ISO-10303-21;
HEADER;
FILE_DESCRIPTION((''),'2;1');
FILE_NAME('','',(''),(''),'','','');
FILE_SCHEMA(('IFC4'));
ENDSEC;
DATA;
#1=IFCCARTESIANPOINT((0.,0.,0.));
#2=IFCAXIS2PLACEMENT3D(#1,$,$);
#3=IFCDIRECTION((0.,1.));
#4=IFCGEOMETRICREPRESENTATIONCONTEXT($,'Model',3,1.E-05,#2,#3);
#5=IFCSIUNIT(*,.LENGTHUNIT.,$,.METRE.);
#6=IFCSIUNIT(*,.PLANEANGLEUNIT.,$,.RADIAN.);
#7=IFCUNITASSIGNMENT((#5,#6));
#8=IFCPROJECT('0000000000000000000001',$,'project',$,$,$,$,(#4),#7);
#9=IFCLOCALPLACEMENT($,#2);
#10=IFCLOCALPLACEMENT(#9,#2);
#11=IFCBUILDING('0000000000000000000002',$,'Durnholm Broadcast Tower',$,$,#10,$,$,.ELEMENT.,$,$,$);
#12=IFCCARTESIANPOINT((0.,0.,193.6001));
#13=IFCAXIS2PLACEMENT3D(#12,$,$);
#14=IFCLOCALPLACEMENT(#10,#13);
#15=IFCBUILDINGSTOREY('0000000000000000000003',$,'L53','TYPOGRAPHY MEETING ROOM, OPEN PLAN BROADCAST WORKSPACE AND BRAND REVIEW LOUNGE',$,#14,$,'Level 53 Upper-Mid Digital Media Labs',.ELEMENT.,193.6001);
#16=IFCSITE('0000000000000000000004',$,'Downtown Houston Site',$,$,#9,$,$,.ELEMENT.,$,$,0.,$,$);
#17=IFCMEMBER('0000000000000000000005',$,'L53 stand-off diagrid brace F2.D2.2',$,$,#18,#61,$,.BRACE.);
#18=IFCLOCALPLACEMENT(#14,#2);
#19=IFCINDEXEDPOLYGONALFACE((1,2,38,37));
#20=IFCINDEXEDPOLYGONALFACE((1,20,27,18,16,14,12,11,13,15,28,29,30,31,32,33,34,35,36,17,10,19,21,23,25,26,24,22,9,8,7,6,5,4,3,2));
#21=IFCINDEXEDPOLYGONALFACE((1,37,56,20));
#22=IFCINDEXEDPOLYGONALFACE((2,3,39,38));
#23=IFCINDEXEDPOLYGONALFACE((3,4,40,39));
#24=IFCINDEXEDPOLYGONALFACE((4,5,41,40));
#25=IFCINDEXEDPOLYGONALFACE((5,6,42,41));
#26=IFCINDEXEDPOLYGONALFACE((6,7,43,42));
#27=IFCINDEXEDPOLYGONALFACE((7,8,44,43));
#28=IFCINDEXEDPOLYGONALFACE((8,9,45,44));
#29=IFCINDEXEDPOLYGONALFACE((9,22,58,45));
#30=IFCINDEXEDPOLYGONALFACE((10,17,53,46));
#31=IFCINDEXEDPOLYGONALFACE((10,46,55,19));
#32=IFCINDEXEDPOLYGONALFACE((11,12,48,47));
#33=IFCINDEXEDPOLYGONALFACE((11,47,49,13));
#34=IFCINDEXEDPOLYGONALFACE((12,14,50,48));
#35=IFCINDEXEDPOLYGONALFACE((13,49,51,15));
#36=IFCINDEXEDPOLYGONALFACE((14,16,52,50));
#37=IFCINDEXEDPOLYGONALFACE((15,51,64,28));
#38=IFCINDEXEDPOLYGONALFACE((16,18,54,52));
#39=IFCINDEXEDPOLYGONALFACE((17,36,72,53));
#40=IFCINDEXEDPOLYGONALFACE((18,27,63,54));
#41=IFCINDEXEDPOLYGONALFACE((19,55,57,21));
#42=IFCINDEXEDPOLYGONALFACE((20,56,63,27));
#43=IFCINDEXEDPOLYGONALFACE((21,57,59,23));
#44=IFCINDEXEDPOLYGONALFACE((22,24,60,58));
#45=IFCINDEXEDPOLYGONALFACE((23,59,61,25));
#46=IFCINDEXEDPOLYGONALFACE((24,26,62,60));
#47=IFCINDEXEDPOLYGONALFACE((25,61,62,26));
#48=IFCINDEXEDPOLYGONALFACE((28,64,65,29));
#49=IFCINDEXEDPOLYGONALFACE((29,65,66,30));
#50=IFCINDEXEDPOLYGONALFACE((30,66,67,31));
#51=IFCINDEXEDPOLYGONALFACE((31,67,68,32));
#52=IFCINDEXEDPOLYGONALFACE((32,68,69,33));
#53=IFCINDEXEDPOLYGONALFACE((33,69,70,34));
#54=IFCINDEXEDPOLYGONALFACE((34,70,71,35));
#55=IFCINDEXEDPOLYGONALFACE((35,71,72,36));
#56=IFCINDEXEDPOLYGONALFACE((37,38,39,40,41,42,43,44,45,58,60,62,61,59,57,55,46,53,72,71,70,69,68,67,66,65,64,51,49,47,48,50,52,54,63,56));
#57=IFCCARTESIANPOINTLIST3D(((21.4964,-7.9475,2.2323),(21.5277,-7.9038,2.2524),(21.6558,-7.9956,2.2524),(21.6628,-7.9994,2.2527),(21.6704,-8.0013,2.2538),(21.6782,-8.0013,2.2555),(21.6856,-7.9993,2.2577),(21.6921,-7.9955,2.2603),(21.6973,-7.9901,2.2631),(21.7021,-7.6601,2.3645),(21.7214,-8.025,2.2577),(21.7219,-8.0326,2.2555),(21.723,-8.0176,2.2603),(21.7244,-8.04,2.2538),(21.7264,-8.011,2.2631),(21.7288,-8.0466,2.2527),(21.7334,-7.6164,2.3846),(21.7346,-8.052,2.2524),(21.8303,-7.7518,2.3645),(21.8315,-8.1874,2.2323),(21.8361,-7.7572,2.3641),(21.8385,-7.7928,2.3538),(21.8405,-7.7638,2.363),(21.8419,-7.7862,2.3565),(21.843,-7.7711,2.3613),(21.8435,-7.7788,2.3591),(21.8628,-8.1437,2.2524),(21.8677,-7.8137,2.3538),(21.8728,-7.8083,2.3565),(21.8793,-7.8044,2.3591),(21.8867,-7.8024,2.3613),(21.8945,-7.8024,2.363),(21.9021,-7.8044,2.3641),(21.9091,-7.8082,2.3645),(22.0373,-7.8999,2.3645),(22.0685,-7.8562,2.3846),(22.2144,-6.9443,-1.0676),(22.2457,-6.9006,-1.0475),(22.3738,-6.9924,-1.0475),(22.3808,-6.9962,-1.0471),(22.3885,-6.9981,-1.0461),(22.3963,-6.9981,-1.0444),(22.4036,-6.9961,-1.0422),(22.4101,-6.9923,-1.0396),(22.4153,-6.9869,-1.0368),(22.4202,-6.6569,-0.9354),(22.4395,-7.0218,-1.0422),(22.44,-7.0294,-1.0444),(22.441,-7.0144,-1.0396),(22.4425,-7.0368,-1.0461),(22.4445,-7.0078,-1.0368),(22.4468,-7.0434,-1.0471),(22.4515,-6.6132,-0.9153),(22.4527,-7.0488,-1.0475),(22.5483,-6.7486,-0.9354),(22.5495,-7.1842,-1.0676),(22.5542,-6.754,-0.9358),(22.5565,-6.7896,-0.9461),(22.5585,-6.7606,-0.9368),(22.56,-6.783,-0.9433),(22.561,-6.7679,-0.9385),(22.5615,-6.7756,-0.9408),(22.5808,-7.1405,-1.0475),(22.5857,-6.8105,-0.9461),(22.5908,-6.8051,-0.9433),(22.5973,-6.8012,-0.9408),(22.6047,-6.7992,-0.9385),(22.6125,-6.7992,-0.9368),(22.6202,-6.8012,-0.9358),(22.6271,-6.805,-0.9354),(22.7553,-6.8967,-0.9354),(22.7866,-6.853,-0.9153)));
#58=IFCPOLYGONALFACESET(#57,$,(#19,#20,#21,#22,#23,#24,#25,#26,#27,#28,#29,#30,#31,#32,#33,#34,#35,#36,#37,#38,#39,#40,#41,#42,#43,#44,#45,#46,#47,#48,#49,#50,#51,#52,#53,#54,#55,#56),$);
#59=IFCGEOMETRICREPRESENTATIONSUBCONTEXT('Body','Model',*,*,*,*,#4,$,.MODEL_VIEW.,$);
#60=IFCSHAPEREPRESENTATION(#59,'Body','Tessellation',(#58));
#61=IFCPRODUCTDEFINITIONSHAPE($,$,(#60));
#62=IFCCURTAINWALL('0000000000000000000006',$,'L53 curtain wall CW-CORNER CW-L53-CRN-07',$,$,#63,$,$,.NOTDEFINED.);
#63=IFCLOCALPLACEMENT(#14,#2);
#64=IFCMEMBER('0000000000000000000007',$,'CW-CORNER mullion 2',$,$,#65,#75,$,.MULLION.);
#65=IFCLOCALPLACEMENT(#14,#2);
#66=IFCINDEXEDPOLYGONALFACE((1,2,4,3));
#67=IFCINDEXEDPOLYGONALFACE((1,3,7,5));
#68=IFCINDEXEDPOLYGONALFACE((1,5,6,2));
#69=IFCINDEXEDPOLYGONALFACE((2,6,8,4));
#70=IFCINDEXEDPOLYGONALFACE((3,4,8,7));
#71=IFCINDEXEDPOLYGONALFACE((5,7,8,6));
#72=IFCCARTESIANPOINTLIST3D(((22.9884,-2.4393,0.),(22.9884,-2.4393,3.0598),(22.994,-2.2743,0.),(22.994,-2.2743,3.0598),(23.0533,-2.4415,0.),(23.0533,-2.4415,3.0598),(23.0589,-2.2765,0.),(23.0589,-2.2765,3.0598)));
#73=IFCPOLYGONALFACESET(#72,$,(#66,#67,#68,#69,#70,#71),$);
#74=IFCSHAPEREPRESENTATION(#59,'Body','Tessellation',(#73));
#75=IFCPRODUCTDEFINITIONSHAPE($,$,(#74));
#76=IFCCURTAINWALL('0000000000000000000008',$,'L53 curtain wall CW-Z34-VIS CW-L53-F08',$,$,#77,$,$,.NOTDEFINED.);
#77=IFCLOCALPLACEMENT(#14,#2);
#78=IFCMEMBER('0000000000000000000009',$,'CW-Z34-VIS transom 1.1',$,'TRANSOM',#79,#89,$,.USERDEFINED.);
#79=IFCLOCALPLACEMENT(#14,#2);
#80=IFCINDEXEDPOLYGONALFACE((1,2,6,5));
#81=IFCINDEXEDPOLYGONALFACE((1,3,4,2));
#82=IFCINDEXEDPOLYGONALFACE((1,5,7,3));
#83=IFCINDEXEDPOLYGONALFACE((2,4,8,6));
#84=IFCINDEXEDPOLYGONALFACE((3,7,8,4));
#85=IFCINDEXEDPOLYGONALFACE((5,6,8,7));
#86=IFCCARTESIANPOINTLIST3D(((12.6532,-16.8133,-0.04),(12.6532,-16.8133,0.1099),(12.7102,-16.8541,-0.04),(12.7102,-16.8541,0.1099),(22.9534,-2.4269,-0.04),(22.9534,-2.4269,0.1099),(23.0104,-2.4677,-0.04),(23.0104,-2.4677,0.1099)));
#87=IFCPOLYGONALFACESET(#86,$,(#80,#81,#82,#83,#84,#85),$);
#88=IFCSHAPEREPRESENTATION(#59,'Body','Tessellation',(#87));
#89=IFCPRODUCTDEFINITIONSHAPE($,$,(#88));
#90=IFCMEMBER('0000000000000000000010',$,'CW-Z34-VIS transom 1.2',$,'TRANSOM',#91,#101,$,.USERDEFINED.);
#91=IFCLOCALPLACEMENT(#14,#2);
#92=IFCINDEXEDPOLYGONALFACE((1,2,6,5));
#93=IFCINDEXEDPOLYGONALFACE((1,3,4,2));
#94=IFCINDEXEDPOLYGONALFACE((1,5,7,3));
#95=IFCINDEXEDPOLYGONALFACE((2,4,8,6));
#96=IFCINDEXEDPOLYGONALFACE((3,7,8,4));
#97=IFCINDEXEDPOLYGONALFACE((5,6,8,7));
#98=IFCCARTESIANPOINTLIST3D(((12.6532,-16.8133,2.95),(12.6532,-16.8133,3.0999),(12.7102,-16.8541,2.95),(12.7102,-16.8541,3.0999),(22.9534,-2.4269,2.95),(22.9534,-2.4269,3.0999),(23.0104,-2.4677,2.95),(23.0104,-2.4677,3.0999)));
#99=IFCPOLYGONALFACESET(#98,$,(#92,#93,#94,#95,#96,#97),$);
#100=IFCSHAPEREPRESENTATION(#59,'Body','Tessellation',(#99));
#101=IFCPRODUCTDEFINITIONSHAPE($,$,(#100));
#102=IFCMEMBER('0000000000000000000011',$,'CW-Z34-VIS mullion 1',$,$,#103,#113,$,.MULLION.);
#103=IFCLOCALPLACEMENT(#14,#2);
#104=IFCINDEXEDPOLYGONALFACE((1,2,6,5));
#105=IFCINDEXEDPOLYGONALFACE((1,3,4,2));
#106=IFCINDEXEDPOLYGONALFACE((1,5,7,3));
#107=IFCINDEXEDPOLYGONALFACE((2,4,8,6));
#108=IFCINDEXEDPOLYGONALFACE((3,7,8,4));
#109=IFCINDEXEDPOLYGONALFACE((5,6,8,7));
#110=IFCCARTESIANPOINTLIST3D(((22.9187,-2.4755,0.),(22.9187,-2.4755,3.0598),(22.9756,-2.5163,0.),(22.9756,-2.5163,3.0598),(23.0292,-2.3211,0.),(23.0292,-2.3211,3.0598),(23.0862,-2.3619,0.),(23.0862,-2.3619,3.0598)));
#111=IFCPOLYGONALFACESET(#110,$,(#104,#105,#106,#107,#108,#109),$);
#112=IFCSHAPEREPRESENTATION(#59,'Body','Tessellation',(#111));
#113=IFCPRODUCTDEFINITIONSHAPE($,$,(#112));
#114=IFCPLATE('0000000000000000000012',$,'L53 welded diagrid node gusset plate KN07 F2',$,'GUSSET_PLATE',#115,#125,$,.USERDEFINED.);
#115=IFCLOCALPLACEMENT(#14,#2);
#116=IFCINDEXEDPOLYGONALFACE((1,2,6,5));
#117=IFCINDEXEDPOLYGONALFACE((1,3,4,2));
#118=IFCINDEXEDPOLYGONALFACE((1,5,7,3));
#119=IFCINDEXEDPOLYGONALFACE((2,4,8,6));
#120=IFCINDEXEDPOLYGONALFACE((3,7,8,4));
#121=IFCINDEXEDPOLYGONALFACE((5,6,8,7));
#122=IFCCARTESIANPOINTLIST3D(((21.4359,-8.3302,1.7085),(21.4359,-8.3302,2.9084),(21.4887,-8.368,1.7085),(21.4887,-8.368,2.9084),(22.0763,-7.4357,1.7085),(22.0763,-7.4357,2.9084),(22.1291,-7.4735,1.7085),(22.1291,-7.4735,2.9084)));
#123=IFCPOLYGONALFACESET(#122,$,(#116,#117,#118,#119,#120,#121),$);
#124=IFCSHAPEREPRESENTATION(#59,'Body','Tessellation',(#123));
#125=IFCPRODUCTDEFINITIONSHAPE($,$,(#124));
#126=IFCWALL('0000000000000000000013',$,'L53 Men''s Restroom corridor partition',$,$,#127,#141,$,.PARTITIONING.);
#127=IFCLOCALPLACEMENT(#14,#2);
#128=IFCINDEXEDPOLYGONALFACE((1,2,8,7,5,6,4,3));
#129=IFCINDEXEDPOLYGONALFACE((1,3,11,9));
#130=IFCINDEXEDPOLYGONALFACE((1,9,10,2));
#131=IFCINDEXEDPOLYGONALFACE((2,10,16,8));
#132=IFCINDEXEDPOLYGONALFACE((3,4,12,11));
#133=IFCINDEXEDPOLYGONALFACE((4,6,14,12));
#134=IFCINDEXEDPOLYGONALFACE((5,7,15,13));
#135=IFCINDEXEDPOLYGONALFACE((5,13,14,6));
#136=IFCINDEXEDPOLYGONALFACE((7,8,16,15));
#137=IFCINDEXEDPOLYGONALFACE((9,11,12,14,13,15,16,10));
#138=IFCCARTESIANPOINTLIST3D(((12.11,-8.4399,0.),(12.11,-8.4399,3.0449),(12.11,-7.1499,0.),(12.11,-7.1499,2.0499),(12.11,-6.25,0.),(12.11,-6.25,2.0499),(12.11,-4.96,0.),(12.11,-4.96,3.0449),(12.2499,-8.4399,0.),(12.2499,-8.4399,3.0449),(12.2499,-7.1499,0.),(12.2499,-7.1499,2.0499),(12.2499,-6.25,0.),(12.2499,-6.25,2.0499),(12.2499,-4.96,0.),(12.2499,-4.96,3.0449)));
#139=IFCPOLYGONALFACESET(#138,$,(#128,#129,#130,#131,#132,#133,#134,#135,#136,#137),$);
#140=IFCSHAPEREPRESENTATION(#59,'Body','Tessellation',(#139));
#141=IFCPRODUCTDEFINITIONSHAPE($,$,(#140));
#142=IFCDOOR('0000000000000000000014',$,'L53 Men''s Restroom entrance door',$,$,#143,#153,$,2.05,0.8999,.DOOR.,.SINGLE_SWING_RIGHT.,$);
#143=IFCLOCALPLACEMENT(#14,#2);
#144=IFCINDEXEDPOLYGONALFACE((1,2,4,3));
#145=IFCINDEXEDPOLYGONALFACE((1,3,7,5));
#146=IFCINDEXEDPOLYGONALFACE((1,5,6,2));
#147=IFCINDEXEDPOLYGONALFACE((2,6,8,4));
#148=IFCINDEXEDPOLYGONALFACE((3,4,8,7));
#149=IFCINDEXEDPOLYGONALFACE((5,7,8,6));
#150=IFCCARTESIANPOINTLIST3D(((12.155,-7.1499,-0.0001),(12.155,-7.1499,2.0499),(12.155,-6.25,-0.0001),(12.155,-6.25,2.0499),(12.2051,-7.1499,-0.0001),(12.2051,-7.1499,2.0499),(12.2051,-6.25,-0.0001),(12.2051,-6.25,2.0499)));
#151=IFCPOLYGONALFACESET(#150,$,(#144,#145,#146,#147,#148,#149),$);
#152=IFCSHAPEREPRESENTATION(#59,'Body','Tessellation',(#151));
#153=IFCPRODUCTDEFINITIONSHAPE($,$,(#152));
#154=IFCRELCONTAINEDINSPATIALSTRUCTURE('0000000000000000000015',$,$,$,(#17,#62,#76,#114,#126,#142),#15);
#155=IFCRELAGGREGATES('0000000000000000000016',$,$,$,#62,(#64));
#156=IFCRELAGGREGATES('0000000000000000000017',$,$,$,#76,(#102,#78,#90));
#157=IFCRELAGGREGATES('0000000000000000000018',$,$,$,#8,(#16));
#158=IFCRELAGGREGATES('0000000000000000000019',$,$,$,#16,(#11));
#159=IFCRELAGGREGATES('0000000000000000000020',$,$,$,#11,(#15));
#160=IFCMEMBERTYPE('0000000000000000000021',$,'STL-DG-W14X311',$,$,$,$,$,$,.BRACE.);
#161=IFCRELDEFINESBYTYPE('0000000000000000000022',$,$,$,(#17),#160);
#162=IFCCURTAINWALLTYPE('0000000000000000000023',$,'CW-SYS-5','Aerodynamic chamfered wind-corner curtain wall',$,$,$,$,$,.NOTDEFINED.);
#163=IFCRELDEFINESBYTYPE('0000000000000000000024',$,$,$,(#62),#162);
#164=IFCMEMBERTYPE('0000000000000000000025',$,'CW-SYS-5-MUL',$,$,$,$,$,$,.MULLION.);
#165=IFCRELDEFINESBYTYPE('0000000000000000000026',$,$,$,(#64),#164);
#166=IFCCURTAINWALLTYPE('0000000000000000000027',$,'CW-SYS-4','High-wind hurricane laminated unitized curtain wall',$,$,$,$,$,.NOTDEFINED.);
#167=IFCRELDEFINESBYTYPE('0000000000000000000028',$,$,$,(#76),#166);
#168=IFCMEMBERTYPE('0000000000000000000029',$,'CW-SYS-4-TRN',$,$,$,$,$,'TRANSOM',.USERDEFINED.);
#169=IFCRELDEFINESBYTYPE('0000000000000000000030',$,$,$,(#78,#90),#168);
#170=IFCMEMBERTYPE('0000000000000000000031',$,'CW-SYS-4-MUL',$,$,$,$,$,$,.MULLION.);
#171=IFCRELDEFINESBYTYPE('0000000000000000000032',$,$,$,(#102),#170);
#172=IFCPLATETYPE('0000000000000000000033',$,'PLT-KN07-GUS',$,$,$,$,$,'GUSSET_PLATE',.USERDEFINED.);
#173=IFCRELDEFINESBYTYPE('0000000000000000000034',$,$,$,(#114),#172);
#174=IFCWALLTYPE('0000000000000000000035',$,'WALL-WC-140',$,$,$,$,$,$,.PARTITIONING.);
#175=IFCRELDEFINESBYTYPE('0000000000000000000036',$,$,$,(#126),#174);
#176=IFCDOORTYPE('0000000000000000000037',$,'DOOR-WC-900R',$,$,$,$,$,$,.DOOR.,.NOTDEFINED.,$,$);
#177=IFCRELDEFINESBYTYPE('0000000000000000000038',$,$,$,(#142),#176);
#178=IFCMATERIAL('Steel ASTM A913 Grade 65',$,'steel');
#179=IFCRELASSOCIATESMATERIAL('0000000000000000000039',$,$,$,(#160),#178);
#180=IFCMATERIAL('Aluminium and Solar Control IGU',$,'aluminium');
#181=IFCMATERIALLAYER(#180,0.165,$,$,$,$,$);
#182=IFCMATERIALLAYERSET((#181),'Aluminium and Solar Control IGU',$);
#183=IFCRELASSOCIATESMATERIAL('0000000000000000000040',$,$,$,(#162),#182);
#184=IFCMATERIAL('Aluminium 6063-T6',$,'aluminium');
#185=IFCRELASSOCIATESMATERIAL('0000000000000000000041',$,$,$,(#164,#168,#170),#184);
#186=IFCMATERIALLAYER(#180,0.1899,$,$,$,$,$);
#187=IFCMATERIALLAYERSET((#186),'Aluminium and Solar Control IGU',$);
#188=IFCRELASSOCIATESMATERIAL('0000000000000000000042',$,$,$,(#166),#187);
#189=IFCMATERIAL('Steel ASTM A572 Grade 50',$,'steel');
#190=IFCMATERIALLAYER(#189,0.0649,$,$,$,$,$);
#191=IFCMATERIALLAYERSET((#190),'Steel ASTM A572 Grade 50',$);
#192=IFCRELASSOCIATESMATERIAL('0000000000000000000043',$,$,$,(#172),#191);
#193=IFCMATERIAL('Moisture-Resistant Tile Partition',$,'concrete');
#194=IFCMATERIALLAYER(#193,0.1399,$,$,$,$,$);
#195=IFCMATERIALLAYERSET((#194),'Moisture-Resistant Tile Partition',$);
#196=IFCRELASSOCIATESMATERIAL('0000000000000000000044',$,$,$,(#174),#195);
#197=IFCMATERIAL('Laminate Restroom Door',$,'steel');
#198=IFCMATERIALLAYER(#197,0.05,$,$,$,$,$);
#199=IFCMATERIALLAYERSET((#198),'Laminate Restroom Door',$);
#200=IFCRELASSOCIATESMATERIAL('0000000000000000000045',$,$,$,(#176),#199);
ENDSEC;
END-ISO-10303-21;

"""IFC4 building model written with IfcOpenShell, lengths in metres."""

from ifc_helpers import new_model, si_unit, direction, frame, frame_2d, origin, origin_2d, place, context, subcontext, project, spatial, rectangle, i_section, extrude, source, transform, mapped, material, layer, layer_set, material_profile, profile_set, type_object, type_shapes, element, fill, aggregate, save


model = new_model("IFC4")

# Units and contexts
model_context = context("Model", 3, precision=1e-05, world=origin(), true_north=direction((0.0, 1.0)))
body_context = subcontext(model_context, "Body", "Model", "MODEL_VIEW")
ifc_project = project(units=[si_unit("LENGTHUNIT", "METRE"), si_unit("PLANEANGLEUNIT", "RADIAN")], contexts=[model_context])

# Site, building, storey
site_placement = place(None, origin())
site = spatial("IfcSite", under=ifc_project, at=site_placement, Name="Downtown Houston Site", CompositionType="ELEMENT", RefElevation=0.0)
building_placement = place(site_placement, origin())
building = spatial("IfcBuilding", under=site, at=building_placement, Name="Durnholm Broadcast Tower", CompositionType="ELEMENT")
storey_placement = place(building_placement, frame((0.0, 0.0, 193.6001)))
storey = spatial("IfcBuildingStorey", under=building, at=storey_placement, Name="L53", Description="TYPOGRAPHY MEETING ROOM, OPEN PLAN BROADCAST WORKSPACE AND BRAND REVIEW LOUNGE", LongName="Level 53 Upper-Mid Digital Media Labs", CompositionType="ELEMENT", Elevation=193.6001)

# Member
ifc_material_1 = material(Name="Steel ASTM A913 Grade 65", Category="steel")
ifc_material_profile_1 = material_profile(ifc_material_1, i_section(OverallWidth=0.4121, OverallDepth=0.4348, WebThickness=0.0359, FlangeThickness=0.0574, FilletRadius=0.0305, at=origin_2d()), Name="W14X311")
ifc_profile_set_1 = profile_set([ifc_material_profile_1], Name="Steel ASTM A913 Grade 65")
member_type_1 = type_object("IfcMemberType", Name="STL-DG-W14X311", PredefinedType="BRACE", material=ifc_profile_set_1)
shared_shape_1 = source(origin(), body_context, "Body", "SweptSolid", [
    extrude(i_section(OverallWidth=0.4121, OverallDepth=0.4348, WebThickness=0.0359, FlangeThickness=0.0574, FilletRadius=0.0305, at=origin_2d()), origin(), (0.0, 0.0, 1.0), 3.5229),
])
type_shapes(member_type_1, [shared_shape_1])
for number, where, z_axis, x_axis, name in (
    (1, (22.5005, -6.8987, -0.9915), (-0.203816, -0.28476, 0.936681), (0.813171, -0.582024, 0.0), "L53 stand-off diagrid brace F2.D2.2"),
):
    element("IfcMember", number, at=place(storey_placement, frame(where, z_axis=z_axis, x_axis=x_axis)), inside=storey, type_object=member_type_1, Name=name, PredefinedType="BRACE", context=body_context, shape_type="MappedRepresentation", body=[
        mapped(shared_shape_1, transform((0.0, 0.0, 0.0), x_axis=(1.0, 0.0, 0.0), y_axis=(0.0, 1.0, 0.0), z_axis=(0.0, 0.0, 1.0), scale=1.0)),
    ])

# Curtain wall, member
ifc_material_2 = material(Name="Aluminium and Solar Control IGU", Category="aluminium")
ifc_layer_1 = layer(ifc_material_2, 0.165)
ifc_layer_set_1 = layer_set([ifc_layer_1], Name="Aluminium and Solar Control IGU")
curtain_wall_type_1 = type_object("IfcCurtainWallType", Name="CW-SYS-5", Description="Aerodynamic chamfered wind-corner curtain wall", PredefinedType="NOTDEFINED", material=ifc_layer_set_1)
curtain_wall_1_placement = place(storey_placement, origin())
curtain_wall_1 = element("IfcCurtainWall", 2, at=curtain_wall_1_placement, inside=storey, type_object=curtain_wall_type_1, Name="L53 curtain wall CW-CORNER CW-L53-CRN-07", PredefinedType="NOTDEFINED")
ifc_material_3 = material(Name="Aluminium 6063-T6", Category="aluminium")
ifc_material_profile_2 = material_profile(ifc_material_3, rectangle(XDim=0.0649, YDim=0.165, at=origin_2d()), Name="CWM65X165")
ifc_profile_set_2 = profile_set([ifc_material_profile_2], Name="Aluminium 6063-T6")
member_type_2 = type_object("IfcMemberType", Name="CW-SYS-5-MUL", PredefinedType="MULLION", material=ifc_profile_set_2)
shared_shape_2 = source(origin(), body_context, "Body", "SweptSolid", [
    extrude(rectangle(XDim=0.0649, YDim=0.165, at=origin_2d()), origin(), (0.0, 0.0, 1.0), 3.0598),
])
type_shapes(member_type_2, [shared_shape_2])
member_1_placement = place(storey_placement, frame((23.0237, -2.3579, 0.0), z_axis=(0.0, 0.0, 1.0), x_axis=(0.999425, -0.033913, 0.0)))
member_1 = element("IfcMember", 3, at=member_1_placement, type_object=member_type_2, Name="CW-CORNER mullion 2", PredefinedType="MULLION", context=body_context, shape_type="MappedRepresentation", body=[
    mapped(shared_shape_2, transform((0.0, 0.0, 0.0), x_axis=(1.0, 0.0, 0.0), y_axis=(0.0, 1.0, 0.0), z_axis=(0.0, 0.0, 1.0), scale=1.0)),
])
aggregate(curtain_wall_1, [member_1])

# Curtain wall, members
ifc_layer_2 = layer(ifc_material_2, 0.1899)
ifc_layer_set_2 = layer_set([ifc_layer_2], Name="Aluminium and Solar Control IGU")
curtain_wall_type_2 = type_object("IfcCurtainWallType", Name="CW-SYS-4", Description="High-wind hurricane laminated unitized curtain wall", PredefinedType="NOTDEFINED", material=ifc_layer_set_2)
curtain_wall_2_placement = place(storey_placement, origin())
curtain_wall_2 = element("IfcCurtainWall", 4, at=curtain_wall_2_placement, inside=storey, type_object=curtain_wall_type_2, Name="L53 curtain wall CW-Z34-VIS CW-L53-F08", PredefinedType="NOTDEFINED")
ifc_material_profile_3 = material_profile(ifc_material_3, rectangle(XDim=0.0701, YDim=0.1499, at=origin_2d()), Name="CWT70X150")
ifc_profile_set_3 = profile_set([ifc_material_profile_3], Name="Aluminium 6063-T6")
member_type_3 = type_object("IfcMemberType", Name="CW-SYS-4-TRN", ElementType="TRANSOM", PredefinedType="USERDEFINED", material=ifc_profile_set_3)
shared_shape_3 = source(origin(), body_context, "Body", "SweptSolid", [
    extrude(rectangle(XDim=0.0701, YDim=0.1499, at=origin_2d()), origin(), (0.0, 0.0, 1.0), 17.6936),
])
type_shapes(member_type_3, [shared_shape_3])
member_2_placement = place(storey_placement, frame((22.9819, -2.4473, 0.0349), z_axis=(-0.582145, -0.813085, 0.0), x_axis=(0.813085, -0.582145, 0.0)))
member_2 = element("IfcMember", 5, at=member_2_placement, type_object=member_type_3, Name="CW-Z34-VIS transom 1.1", ObjectType="TRANSOM", PredefinedType="USERDEFINED", context=body_context, shape_type="MappedRepresentation", body=[
    mapped(shared_shape_3, transform((0.0, 0.0, 0.0), x_axis=(1.0, 0.0, 0.0), y_axis=(0.0, 1.0, 0.0), z_axis=(0.0, 0.0, 1.0), scale=1.0)),
])
member_3_placement = place(storey_placement, frame((22.9819, -2.4473, 3.0249), z_axis=(-0.582145, -0.813085, 0.0), x_axis=(0.813085, -0.582145, 0.0)))
member_3 = element("IfcMember", 6, at=member_3_placement, type_object=member_type_3, Name="CW-Z34-VIS transom 1.2", ObjectType="TRANSOM", PredefinedType="USERDEFINED", context=body_context, shape_type="MappedRepresentation", body=[
    mapped(shared_shape_3, transform((0.0, 0.0, 0.0), x_axis=(1.0, 0.0, 0.0), y_axis=(0.0, 1.0, 0.0), z_axis=(0.0, 0.0, 1.0), scale=1.0)),
])
ifc_material_profile_4 = material_profile(ifc_material_3, rectangle(XDim=0.0701, YDim=0.1899, at=origin_2d()), Name="CWM70X190")
ifc_profile_set_4 = profile_set([ifc_material_profile_4], Name="Aluminium 6063-T6")
member_type_4 = type_object("IfcMemberType", Name="CW-SYS-4-MUL", PredefinedType="MULLION", material=ifc_profile_set_4)
shared_shape_4 = source(origin(), body_context, "Body", "SweptSolid", [
    extrude(rectangle(XDim=0.0701, YDim=0.1899, at=origin_2d()), origin(), (0.0, 0.0, 1.0), 3.0598),
])
type_shapes(member_type_4, [shared_shape_4])
member_4_placement = place(storey_placement, frame((23.0024, -2.4187, 0.0), z_axis=(0.0, 0.0, 1.0), x_axis=(0.813089, -0.582139, 0.0)))
member_4 = element("IfcMember", 7, at=member_4_placement, type_object=member_type_4, Name="CW-Z34-VIS mullion 1", PredefinedType="MULLION", context=body_context, shape_type="MappedRepresentation", body=[
    mapped(shared_shape_4, transform((0.0, 0.0, 0.0), x_axis=(1.0, 0.0, 0.0), y_axis=(0.0, 1.0, 0.0), z_axis=(0.0, 0.0, 1.0), scale=1.0)),
])
aggregate(curtain_wall_2, [member_4, member_2, member_3])

# Plate
ifc_material_4 = material(Name="Steel ASTM A572 Grade 50", Category="steel")
ifc_layer_3 = layer(ifc_material_4, 0.0649)
ifc_layer_set_3 = layer_set([ifc_layer_3], Name="Steel ASTM A572 Grade 50")
plate_type = type_object("IfcPlateType", Name="PLT-KN07-GUS", ElementType="GUSSET_PLATE", PredefinedType="USERDEFINED", material=ifc_layer_set_3)
shared_shape_5 = source(origin(), body_context, "Body", "SweptSolid", [
    extrude(rectangle(XDim=1.1001, YDim=0.0649, at=origin_2d()), origin(), (0.0, 0.0, 1.0), 1.2),
])
type_shapes(plate_type, [shared_shape_5])
plate_placement = place(storey_placement, frame((21.7825, -7.9019, 1.7085), z_axis=(0.0, 0.0, 1.0), x_axis=(0.582123, 0.813101, 0.0)))
element("IfcPlate", 8, at=plate_placement, inside=storey, type_object=plate_type, Name="L53 welded diagrid node gusset plate KN07 F2", ObjectType="GUSSET_PLATE", PredefinedType="USERDEFINED", context=body_context, shape_type="MappedRepresentation", body=[
    mapped(shared_shape_5, transform((0.0, 0.0, 0.0), x_axis=(1.0, 0.0, 0.0), y_axis=(0.0, 1.0, 0.0), z_axis=(0.0, 0.0, 1.0), scale=1.0)),
])

# Wall, opening, door
ifc_material_5 = material(Name="Moisture-Resistant Tile Partition", Category="concrete")
ifc_layer_4 = layer(ifc_material_5, 0.1399)
ifc_layer_set_4 = layer_set([ifc_layer_4], Name="Moisture-Resistant Tile Partition")
wall_type = type_object("IfcWallType", Name="WALL-WC-140", PredefinedType="PARTITIONING", material=ifc_layer_set_4)
wall_1_placement = place(storey_placement, frame((12.1799, -8.4399, 0.0), z_axis=(0.0, 0.0, 1.0), x_axis=(0.0, 1.0, 0.0)))
wall_1 = element("IfcWall", 9, at=wall_1_placement, inside=storey, type_object=wall_type, Name="L53 Men's Restroom corridor partition", PredefinedType="PARTITIONING", context=body_context, shape_type="SweptSolid", body=[
    extrude(rectangle(XDim=3.48, YDim=0.1399, at=frame_2d((1.74, 0.0))), origin(), (0.0, 0.0, 1.0), 3.0449),
])
opening_1_placement = place(wall_1_placement, frame((1.29, 0.0, 0.0)))
opening_1 = element("IfcOpeningElement", 10, at=opening_1_placement, cuts=wall_1, PredefinedType="OPENING", context=body_context, shape_type="SweptSolid", body=[
    extrude(rectangle(XDim=0.8999, YDim=2.05, at=frame_2d((0.45, 1.0249))), frame((0.0, 0.0801, 0.0), z_axis=(0.0, -1.0, 0.0), x_axis=(1.0, 0.0, 0.0)), (0.0, 0.0, 1.0), 0.1599),
])
ifc_material_6 = material(Name="Laminate Restroom Door", Category="steel")
ifc_layer_5 = layer(ifc_material_6, 0.05)
ifc_layer_set_5 = layer_set([ifc_layer_5], Name="Laminate Restroom Door")
door_type_1 = type_object("IfcDoorType", Name="DOOR-WC-900R", OperationType="NOTDEFINED", PredefinedType="DOOR", material=ifc_layer_set_5)
shared_shape_6 = source(origin(), body_context, "Body", "SweptSolid", [
    extrude(rectangle(XDim=0.8999, YDim=2.05, at=frame_2d((0.45, 1.0249))), frame((0.0, 0.0249, 0.0), z_axis=(0.0, -1.0, 0.0), x_axis=(1.0, 0.0, 0.0)), (0.0, 0.0, 1.0), 0.05),
])
type_shapes(door_type_1, [shared_shape_6])
door_1_placement = place(opening_1_placement, origin())
door_1 = element("IfcDoor", 11, at=door_1_placement, inside=storey, type_object=door_type_1, Name="L53 Men's Restroom entrance door", OperationType="SINGLE_SWING_RIGHT", OverallHeight=2.05, OverallWidth=0.8999, PredefinedType="DOOR", context=body_context, shape_type="MappedRepresentation", body=[
    mapped(shared_shape_6, transform((0.0, 0.0, 0.0), x_axis=(1.0, 0.0, 0.0), y_axis=(0.0, 1.0, 0.0), z_axis=(0.0, 0.0, 1.0), scale=1.0)),
])
fill(opening_1, door_1)

save(model, "model.ifc")
